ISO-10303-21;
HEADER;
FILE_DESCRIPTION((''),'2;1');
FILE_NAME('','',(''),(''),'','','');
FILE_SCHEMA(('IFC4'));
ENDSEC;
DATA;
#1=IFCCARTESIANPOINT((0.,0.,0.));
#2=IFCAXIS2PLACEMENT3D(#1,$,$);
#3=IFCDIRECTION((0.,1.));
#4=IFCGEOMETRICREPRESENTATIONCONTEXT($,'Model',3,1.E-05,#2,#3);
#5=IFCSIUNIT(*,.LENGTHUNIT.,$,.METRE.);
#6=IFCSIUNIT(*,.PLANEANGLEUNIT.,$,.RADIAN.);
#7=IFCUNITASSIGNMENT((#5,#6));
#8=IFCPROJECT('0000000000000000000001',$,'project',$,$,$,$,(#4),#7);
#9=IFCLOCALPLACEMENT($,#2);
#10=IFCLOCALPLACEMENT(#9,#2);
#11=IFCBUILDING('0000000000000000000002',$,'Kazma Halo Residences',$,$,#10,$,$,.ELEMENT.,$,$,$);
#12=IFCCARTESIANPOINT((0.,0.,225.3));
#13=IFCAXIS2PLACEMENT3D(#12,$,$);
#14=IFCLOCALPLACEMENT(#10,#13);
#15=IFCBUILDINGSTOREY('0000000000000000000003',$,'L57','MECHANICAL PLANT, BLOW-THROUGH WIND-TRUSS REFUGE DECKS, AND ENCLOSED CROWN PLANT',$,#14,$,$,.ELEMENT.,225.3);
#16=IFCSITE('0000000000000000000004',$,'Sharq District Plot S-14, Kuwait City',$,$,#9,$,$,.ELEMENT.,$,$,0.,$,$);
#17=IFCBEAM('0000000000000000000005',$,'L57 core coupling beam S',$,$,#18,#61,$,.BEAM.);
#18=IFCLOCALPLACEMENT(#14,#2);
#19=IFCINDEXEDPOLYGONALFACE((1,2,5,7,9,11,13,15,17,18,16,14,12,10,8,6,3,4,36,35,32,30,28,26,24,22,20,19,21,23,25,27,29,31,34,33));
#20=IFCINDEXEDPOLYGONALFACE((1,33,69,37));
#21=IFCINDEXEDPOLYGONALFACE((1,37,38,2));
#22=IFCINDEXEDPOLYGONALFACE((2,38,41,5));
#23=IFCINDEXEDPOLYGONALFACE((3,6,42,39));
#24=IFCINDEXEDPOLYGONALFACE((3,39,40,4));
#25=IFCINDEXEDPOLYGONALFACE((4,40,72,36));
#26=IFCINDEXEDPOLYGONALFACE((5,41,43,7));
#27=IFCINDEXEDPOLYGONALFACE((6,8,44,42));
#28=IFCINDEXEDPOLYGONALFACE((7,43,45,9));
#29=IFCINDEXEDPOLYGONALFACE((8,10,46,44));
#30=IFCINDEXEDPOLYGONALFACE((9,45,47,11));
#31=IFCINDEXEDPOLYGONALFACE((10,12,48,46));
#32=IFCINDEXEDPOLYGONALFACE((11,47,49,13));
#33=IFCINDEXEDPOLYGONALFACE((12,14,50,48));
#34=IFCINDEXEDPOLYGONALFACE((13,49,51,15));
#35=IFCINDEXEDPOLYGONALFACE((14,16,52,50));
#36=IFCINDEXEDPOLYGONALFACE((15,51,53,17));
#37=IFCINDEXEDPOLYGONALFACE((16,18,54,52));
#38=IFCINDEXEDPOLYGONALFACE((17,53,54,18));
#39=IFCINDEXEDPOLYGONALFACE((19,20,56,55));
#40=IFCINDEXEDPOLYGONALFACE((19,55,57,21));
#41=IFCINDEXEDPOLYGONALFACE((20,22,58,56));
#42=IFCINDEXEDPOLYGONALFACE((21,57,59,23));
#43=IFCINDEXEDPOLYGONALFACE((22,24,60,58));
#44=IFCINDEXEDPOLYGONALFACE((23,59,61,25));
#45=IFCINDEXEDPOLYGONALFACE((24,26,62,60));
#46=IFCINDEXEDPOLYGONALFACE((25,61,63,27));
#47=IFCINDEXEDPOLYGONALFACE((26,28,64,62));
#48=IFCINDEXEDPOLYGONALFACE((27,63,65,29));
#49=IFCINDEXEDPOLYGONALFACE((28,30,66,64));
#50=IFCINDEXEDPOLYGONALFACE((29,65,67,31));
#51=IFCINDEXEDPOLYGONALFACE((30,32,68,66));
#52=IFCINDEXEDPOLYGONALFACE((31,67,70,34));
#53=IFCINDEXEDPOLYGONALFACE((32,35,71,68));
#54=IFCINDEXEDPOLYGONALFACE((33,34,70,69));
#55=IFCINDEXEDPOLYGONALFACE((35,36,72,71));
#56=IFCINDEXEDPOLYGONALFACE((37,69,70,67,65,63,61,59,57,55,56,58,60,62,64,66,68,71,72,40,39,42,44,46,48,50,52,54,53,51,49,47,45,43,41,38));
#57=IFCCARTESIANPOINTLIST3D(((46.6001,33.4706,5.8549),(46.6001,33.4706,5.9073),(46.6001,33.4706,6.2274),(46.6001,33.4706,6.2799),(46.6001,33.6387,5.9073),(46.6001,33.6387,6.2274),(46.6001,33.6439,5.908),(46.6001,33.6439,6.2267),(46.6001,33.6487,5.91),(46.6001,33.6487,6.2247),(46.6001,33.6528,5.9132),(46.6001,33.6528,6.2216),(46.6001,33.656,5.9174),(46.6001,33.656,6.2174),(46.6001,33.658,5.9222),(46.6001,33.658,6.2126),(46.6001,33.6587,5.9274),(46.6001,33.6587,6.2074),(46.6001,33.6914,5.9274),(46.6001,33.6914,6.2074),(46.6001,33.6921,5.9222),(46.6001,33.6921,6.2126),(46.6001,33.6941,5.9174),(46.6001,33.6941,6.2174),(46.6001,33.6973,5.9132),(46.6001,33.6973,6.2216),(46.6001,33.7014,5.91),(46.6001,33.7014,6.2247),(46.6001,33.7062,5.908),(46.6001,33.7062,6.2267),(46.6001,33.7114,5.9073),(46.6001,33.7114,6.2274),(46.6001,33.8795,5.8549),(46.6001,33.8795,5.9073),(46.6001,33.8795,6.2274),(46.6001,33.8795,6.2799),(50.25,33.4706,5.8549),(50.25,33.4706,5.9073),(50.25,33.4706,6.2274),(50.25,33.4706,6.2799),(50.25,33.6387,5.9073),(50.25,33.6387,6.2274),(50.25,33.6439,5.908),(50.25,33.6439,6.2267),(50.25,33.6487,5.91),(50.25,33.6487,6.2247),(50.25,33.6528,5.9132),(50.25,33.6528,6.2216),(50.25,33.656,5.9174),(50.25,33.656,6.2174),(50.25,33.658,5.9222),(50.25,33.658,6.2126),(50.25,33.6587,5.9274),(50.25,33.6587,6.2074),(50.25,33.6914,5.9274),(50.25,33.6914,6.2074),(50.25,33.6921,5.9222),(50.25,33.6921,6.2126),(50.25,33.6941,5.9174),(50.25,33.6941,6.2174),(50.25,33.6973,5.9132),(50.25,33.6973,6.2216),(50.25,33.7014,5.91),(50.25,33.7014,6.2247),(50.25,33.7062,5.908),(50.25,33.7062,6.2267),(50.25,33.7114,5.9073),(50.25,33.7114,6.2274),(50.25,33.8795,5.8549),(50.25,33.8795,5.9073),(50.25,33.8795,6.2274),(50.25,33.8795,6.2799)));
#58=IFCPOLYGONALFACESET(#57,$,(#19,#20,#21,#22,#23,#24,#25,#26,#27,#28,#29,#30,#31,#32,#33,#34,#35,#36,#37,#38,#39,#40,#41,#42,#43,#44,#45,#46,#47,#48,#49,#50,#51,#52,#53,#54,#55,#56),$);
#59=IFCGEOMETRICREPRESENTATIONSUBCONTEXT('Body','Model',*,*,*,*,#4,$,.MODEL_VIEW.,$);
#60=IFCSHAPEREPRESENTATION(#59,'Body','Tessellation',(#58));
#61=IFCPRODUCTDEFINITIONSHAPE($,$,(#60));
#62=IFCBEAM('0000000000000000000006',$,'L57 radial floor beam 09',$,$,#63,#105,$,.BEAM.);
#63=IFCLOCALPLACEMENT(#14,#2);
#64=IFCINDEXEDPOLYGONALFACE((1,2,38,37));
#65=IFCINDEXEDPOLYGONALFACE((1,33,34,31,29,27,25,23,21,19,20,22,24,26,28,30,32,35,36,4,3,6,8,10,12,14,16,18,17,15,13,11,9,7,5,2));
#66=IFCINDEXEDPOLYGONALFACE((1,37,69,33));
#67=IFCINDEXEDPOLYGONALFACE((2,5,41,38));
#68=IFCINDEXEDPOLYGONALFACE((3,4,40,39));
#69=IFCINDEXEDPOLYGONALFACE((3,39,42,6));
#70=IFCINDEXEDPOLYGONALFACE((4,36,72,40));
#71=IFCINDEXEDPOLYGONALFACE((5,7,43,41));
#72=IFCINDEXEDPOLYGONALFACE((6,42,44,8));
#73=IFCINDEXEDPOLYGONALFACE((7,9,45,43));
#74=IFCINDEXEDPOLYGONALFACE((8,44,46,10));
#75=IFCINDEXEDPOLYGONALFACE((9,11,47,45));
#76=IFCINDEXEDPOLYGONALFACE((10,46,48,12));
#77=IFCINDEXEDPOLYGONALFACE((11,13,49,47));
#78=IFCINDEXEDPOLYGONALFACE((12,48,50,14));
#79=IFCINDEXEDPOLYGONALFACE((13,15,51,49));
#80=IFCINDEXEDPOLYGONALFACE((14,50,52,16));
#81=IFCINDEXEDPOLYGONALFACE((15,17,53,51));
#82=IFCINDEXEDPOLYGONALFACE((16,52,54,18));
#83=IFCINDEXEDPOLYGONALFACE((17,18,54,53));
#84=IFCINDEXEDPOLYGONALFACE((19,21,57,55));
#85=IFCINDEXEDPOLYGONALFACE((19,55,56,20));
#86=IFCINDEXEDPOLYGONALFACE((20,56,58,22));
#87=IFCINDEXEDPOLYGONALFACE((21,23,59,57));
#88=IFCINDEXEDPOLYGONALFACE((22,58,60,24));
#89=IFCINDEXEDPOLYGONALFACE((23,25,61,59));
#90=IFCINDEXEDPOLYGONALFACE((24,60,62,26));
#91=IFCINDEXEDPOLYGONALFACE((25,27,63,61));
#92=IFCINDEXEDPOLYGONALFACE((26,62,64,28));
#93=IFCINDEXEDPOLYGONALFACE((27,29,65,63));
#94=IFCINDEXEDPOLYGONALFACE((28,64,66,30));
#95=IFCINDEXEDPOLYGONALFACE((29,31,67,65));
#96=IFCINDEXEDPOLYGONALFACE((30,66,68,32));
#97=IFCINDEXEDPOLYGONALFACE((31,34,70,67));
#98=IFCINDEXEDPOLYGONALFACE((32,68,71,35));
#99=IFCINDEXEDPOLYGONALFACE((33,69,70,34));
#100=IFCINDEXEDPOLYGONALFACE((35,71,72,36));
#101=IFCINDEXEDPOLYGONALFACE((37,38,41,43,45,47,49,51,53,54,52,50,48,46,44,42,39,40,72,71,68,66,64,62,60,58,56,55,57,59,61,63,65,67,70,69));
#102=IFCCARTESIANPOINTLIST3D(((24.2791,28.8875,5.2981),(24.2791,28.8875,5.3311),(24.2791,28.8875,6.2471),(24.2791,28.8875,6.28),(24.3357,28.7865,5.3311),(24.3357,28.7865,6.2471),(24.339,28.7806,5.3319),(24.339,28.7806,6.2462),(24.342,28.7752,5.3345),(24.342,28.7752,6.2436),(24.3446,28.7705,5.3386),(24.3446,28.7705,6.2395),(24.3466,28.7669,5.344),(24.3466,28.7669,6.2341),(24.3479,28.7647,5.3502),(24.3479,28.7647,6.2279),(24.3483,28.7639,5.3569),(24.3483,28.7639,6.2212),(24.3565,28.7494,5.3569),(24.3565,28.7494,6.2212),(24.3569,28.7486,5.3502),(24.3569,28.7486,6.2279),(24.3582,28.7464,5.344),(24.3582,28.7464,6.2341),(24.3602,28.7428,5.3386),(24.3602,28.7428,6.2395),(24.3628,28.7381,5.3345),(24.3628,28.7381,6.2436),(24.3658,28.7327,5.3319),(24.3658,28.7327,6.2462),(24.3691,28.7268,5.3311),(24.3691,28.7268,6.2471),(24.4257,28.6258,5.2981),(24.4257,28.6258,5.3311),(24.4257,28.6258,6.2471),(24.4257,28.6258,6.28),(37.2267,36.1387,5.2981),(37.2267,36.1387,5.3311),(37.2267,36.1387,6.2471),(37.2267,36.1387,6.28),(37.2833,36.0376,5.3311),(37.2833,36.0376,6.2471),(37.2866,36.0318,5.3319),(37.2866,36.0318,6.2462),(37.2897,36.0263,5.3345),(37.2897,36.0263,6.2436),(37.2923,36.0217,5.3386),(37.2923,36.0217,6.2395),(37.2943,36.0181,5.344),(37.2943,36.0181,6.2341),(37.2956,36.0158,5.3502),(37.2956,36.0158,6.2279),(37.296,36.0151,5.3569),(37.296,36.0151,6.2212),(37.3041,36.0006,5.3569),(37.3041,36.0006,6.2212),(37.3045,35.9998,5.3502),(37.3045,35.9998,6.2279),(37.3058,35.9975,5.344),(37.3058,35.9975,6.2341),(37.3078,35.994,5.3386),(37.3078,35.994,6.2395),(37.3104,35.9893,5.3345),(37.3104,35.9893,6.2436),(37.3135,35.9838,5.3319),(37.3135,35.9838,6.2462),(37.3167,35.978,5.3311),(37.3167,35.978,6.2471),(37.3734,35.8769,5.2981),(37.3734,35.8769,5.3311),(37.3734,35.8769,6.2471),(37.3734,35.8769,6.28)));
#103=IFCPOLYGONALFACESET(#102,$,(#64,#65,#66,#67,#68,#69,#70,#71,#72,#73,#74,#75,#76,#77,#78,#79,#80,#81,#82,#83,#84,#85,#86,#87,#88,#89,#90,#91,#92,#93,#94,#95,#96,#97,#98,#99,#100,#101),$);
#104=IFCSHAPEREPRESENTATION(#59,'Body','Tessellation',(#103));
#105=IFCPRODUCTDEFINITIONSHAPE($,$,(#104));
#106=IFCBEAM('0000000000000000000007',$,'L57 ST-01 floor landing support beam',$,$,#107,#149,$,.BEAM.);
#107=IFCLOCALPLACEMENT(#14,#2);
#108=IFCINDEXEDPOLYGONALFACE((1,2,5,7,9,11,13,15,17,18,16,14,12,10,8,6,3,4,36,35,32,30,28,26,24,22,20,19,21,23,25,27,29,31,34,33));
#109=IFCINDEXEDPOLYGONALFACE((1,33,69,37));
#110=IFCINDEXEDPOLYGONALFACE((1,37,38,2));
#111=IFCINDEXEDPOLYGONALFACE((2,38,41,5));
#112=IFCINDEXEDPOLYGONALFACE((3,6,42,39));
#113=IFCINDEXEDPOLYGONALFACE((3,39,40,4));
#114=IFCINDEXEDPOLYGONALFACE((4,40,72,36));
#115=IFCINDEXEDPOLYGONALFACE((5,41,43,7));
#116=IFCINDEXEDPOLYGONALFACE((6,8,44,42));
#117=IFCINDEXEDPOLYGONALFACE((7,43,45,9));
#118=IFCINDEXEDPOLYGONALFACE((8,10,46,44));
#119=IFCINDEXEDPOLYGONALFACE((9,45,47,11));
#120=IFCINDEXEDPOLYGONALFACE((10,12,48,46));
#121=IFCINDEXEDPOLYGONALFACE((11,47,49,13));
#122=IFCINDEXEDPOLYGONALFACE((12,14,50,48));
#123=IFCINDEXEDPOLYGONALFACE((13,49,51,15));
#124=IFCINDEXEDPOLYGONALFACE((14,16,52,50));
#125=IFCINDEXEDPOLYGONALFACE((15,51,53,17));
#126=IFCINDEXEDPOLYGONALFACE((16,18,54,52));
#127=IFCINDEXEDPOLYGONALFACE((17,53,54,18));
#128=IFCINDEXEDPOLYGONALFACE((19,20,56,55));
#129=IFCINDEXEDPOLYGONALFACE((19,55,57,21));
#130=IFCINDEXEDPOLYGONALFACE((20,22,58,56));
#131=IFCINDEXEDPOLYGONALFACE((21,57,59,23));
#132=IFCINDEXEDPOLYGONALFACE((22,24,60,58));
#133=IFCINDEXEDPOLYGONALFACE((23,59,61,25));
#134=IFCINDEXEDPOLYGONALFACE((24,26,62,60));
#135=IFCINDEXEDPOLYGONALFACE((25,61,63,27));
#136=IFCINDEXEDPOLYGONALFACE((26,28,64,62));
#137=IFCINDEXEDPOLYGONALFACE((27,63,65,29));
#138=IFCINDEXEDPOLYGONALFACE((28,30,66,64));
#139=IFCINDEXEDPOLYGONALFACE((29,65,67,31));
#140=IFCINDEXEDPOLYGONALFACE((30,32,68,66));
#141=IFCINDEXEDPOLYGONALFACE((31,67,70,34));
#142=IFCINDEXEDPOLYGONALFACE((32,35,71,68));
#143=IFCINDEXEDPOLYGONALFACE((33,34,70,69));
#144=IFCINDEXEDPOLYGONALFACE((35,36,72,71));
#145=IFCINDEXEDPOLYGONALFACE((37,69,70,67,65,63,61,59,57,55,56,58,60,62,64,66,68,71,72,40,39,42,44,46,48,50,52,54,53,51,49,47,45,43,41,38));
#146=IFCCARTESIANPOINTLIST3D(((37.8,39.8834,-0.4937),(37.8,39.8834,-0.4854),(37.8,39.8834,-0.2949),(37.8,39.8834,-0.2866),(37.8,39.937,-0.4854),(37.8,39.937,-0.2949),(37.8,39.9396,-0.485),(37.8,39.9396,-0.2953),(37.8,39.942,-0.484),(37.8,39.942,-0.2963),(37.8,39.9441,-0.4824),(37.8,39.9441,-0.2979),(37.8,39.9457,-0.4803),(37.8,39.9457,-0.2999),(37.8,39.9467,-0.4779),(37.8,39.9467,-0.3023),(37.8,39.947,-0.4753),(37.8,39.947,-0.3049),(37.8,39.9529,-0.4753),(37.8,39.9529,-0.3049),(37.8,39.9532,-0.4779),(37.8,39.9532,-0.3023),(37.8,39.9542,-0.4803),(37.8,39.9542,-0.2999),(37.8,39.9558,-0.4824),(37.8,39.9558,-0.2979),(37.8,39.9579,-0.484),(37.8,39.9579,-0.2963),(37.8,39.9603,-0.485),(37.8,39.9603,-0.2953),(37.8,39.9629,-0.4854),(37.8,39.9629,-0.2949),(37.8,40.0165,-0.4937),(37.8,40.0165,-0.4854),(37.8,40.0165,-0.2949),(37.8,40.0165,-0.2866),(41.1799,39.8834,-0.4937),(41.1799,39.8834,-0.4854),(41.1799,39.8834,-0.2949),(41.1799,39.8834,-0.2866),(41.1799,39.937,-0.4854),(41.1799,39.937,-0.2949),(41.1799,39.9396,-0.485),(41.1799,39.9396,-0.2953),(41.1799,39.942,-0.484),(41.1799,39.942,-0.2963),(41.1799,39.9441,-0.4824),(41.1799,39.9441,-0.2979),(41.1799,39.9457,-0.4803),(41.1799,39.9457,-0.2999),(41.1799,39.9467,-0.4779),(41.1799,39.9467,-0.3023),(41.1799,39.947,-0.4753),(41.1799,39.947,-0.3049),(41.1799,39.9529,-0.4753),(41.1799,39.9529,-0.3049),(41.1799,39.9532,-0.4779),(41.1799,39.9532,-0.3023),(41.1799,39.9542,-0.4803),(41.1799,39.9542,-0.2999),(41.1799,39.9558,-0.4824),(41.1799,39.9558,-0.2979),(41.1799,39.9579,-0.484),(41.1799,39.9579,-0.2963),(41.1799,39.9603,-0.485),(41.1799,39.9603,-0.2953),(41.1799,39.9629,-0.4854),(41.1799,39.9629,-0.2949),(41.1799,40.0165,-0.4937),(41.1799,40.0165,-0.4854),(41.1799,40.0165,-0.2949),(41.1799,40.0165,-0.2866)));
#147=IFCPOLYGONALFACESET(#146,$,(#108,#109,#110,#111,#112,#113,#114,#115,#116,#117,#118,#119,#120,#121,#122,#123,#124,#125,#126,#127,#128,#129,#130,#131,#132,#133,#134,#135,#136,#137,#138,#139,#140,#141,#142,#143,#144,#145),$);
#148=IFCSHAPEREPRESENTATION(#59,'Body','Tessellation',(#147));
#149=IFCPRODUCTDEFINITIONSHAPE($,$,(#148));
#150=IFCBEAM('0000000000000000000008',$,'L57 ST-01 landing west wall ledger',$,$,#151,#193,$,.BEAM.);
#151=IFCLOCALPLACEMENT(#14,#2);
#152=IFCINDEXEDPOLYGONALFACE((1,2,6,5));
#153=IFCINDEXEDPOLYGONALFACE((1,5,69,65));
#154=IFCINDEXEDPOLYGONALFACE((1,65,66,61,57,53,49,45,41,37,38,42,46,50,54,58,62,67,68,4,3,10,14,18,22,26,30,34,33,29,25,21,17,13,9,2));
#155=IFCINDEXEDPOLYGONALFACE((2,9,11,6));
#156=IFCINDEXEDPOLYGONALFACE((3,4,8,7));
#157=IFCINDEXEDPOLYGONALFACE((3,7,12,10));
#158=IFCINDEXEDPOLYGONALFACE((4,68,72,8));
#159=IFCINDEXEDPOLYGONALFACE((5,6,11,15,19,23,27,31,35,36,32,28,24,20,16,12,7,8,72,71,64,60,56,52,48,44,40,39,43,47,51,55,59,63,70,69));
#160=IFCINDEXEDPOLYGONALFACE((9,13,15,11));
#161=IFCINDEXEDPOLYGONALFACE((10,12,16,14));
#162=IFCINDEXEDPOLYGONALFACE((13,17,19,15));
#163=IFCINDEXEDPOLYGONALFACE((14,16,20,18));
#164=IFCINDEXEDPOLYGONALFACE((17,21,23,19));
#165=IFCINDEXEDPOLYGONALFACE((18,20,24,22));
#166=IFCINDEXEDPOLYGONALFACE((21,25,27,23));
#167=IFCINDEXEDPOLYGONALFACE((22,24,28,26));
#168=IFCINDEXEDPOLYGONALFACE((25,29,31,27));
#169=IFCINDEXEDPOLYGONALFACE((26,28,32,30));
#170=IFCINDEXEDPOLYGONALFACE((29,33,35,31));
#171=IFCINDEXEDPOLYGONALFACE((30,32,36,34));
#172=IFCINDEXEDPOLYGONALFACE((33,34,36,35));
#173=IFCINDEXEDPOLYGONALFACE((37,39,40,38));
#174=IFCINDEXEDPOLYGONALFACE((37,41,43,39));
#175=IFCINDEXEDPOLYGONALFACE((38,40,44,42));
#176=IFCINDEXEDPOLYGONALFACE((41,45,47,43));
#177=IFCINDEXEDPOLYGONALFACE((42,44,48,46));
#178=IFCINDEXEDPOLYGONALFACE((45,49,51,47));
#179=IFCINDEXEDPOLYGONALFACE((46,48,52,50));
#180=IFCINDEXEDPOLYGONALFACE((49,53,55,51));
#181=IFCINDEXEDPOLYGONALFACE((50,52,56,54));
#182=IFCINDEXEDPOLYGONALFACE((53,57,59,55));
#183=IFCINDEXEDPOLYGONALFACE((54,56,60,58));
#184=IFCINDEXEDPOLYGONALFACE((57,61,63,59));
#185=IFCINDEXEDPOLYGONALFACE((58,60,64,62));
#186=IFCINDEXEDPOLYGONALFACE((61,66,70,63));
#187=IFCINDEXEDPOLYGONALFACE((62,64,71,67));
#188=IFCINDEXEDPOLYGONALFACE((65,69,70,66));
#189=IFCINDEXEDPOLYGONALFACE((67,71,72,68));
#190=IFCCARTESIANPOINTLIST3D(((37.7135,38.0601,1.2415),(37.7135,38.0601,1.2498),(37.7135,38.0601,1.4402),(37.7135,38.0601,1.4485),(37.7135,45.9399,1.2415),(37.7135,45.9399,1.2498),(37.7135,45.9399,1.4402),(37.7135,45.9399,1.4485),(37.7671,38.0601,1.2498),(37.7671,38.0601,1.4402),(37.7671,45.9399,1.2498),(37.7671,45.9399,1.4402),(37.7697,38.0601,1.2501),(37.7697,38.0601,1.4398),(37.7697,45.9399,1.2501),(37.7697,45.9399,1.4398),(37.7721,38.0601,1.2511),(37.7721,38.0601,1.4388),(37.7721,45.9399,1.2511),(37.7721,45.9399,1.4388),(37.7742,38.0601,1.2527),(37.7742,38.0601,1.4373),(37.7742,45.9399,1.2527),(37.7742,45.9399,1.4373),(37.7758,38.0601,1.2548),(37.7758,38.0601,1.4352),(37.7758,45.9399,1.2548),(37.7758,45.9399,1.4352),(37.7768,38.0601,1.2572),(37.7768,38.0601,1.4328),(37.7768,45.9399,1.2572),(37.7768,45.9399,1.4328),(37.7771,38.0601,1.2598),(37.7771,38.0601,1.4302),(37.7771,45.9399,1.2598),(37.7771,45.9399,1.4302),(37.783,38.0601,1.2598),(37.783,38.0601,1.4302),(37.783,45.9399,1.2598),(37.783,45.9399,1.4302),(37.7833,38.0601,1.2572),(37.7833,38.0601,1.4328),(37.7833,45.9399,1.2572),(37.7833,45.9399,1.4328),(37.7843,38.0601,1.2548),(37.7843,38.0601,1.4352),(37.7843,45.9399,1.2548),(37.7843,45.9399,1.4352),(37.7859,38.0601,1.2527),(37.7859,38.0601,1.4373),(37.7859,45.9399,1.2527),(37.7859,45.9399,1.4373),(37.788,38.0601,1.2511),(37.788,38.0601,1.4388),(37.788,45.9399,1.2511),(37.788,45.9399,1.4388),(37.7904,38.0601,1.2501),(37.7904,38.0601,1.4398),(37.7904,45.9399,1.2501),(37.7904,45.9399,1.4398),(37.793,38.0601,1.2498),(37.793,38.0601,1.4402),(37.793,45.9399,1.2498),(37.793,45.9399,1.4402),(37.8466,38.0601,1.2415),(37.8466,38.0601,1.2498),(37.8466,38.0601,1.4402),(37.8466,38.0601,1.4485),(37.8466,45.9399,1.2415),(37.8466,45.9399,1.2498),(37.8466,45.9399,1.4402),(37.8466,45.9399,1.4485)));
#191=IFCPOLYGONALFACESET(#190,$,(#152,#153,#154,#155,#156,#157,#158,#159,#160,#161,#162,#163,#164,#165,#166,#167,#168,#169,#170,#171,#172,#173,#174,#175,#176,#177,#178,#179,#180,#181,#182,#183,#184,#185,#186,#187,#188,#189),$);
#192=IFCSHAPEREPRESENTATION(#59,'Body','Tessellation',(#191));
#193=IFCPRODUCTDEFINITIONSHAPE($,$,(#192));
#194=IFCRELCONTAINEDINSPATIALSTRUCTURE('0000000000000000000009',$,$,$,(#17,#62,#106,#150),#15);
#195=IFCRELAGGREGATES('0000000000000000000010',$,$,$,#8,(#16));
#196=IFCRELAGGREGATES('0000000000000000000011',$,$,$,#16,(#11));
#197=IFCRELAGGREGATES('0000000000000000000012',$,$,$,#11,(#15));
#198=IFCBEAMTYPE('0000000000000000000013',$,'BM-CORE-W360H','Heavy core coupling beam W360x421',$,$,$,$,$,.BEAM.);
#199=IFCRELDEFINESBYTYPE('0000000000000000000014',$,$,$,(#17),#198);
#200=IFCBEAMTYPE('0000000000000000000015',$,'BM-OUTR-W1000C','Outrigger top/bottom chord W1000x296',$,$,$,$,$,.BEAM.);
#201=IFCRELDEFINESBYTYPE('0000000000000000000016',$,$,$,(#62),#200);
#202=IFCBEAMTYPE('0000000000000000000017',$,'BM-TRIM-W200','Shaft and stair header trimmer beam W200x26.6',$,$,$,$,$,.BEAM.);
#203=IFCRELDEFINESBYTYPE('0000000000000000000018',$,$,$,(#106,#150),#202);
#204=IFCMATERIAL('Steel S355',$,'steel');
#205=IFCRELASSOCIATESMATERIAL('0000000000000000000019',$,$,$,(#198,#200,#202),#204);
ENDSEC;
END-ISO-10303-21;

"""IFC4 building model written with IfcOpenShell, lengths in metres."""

from ifc_helpers import new_model, si_unit, direction, frame, origin, origin_2d, place, context, subcontext, project, spatial, i_section, extrude, material, material_profile, profile_set, type_object, element, save


model = new_model("IFC4")

# Units and contexts
model_context = context("Model", 3, precision=1e-05, world=origin(), true_north=direction((0.0, 1.0)))
body_context = subcontext(model_context, "Body", "Model", "MODEL_VIEW")
ifc_project = project(units=[si_unit("LENGTHUNIT", "METRE"), si_unit("PLANEANGLEUNIT", "RADIAN")], contexts=[model_context])

# Site, building, storey
site_placement = place(None, origin())
site = spatial("IfcSite", under=ifc_project, at=site_placement, Name="Sharq District Plot S-14, Kuwait City", CompositionType="ELEMENT", RefElevation=0.0)
building_placement = place(site_placement, origin())
building = spatial("IfcBuilding", under=site, at=building_placement, Name="Kazma Halo Residences", CompositionType="ELEMENT")
storey_placement = place(building_placement, frame((0.0, 0.0, 225.3)))
storey = spatial("IfcBuildingStorey", under=building, at=storey_placement, Name="L57", Description="MECHANICAL PLANT, BLOW-THROUGH WIND-TRUSS REFUGE DECKS, AND ENCLOSED CROWN PLANT", CompositionType="ELEMENT", Elevation=225.3)

# Beams
ifc_material_1 = material(Name="Steel S355", Category="steel")
ifc_material_profile_1 = material_profile(ifc_material_1, i_section(OverallWidth=0.4089, OverallDepth=0.425, WebThickness=0.0327, FlangeThickness=0.0525, FilletRadius=0.02, at=origin_2d()), Name="W360x421")
ifc_profile_set_1 = profile_set([ifc_material_profile_1], Name="Steel S355")
beam_type_1 = type_object("IfcBeamType", Name="BM-CORE-W360H", Description="Heavy core coupling beam W360x421", PredefinedType="BEAM", material=ifc_profile_set_1)
beam_1_placement = place(storey_placement, frame((46.6001, 33.675, 6.0674), z_axis=(1.0, 0.0, 0.0), x_axis=(0.0, 1.0, 0.0)))
element("IfcBeam", 1, at=beam_1_placement, inside=storey, type_object=beam_type_1, Name="L57 core coupling beam S", PredefinedType="BEAM", context=body_context, shape_type="SweptSolid", body=[
    extrude(i_section(OverallWidth=0.4089, OverallDepth=0.425, WebThickness=0.0327, FlangeThickness=0.0525, FilletRadius=0.02, at=origin_2d()), origin(), (0.0, 0.0, 1.0), 3.6499),
])
ifc_material_profile_2 = material_profile(ifc_material_1, i_section(OverallWidth=0.3, OverallDepth=0.9819, WebThickness=0.0166, FlangeThickness=0.033, FilletRadius=0.0259, at=origin_2d()), Name="W1000x296")
ifc_profile_set_2 = profile_set([ifc_material_profile_2], Name="Steel S355")
beam_type_2 = type_object("IfcBeamType", Name="BM-OUTR-W1000C", Description="Outrigger top/bottom chord W1000x296", PredefinedType="BEAM", material=ifc_profile_set_2)
beam_2_placement = place(storey_placement, frame((37.3, 36.0078, 5.7891), z_axis=(-0.872492, -0.488628, 0.0), x_axis=(0.488628, -0.872492, 0.0)))
element("IfcBeam", 2, at=beam_2_placement, inside=storey, type_object=beam_type_2, Name="L57 radial floor beam 09", PredefinedType="BEAM", context=body_context, shape_type="SweptSolid", body=[
    extrude(i_section(OverallWidth=0.3, OverallDepth=0.9819, WebThickness=0.0166, FlangeThickness=0.033, FilletRadius=0.0259, at=origin_2d()), origin(), (0.0, 0.0, 1.0), 14.8398),
])
ifc_material_profile_3 = material_profile(ifc_material_1, i_section(OverallWidth=0.1331, OverallDepth=0.207, WebThickness=0.0059, FlangeThickness=0.0083, FilletRadius=0.01, at=origin_2d()), Name="W200x26.6")
ifc_profile_set_3 = profile_set([ifc_material_profile_3], Name="Steel S355")
beam_type_3 = type_object("IfcBeamType", Name="BM-TRIM-W200", Description="Shaft and stair header trimmer beam W200x26.6", PredefinedType="BEAM", material=ifc_profile_set_3)
beam_3_placement = place(storey_placement, frame((37.8, 39.95, -0.3901), z_axis=(1.0, 0.0, 0.0), x_axis=(0.0, 1.0, 0.0)))
element("IfcBeam", 3, at=beam_3_placement, inside=storey, type_object=beam_type_3, Name="L57 ST-01 floor landing support beam", PredefinedType="BEAM", context=body_context, shape_type="SweptSolid", body=[
    extrude(i_section(OverallWidth=0.1331, OverallDepth=0.207, WebThickness=0.0059, FlangeThickness=0.0083, FilletRadius=0.01, at=origin_2d()), origin(), (0.0, 0.0, 1.0), 3.3799),
])
for number, where, z_axis, x_axis, name in (
    (4, (37.78, 38.0601, 1.345), (0.0, 1.0, 0.0), (-1.0, 0.0, 0.0), "L57 ST-01 landing west wall ledger"),
):
    element("IfcBeam", number, at=place(storey_placement, frame(where, z_axis=z_axis, x_axis=x_axis)), inside=storey, type_object=beam_type_3, Name=name, PredefinedType="BEAM", context=body_context, shape_type="SweptSolid", body=[
        extrude(i_section(OverallWidth=0.1331, OverallDepth=0.207, WebThickness=0.0059, FlangeThickness=0.0083, FilletRadius=0.01, at=origin_2d()), origin(), (0.0, 0.0, 1.0), 7.8799),
    ])

save(model, "model.ifc")
